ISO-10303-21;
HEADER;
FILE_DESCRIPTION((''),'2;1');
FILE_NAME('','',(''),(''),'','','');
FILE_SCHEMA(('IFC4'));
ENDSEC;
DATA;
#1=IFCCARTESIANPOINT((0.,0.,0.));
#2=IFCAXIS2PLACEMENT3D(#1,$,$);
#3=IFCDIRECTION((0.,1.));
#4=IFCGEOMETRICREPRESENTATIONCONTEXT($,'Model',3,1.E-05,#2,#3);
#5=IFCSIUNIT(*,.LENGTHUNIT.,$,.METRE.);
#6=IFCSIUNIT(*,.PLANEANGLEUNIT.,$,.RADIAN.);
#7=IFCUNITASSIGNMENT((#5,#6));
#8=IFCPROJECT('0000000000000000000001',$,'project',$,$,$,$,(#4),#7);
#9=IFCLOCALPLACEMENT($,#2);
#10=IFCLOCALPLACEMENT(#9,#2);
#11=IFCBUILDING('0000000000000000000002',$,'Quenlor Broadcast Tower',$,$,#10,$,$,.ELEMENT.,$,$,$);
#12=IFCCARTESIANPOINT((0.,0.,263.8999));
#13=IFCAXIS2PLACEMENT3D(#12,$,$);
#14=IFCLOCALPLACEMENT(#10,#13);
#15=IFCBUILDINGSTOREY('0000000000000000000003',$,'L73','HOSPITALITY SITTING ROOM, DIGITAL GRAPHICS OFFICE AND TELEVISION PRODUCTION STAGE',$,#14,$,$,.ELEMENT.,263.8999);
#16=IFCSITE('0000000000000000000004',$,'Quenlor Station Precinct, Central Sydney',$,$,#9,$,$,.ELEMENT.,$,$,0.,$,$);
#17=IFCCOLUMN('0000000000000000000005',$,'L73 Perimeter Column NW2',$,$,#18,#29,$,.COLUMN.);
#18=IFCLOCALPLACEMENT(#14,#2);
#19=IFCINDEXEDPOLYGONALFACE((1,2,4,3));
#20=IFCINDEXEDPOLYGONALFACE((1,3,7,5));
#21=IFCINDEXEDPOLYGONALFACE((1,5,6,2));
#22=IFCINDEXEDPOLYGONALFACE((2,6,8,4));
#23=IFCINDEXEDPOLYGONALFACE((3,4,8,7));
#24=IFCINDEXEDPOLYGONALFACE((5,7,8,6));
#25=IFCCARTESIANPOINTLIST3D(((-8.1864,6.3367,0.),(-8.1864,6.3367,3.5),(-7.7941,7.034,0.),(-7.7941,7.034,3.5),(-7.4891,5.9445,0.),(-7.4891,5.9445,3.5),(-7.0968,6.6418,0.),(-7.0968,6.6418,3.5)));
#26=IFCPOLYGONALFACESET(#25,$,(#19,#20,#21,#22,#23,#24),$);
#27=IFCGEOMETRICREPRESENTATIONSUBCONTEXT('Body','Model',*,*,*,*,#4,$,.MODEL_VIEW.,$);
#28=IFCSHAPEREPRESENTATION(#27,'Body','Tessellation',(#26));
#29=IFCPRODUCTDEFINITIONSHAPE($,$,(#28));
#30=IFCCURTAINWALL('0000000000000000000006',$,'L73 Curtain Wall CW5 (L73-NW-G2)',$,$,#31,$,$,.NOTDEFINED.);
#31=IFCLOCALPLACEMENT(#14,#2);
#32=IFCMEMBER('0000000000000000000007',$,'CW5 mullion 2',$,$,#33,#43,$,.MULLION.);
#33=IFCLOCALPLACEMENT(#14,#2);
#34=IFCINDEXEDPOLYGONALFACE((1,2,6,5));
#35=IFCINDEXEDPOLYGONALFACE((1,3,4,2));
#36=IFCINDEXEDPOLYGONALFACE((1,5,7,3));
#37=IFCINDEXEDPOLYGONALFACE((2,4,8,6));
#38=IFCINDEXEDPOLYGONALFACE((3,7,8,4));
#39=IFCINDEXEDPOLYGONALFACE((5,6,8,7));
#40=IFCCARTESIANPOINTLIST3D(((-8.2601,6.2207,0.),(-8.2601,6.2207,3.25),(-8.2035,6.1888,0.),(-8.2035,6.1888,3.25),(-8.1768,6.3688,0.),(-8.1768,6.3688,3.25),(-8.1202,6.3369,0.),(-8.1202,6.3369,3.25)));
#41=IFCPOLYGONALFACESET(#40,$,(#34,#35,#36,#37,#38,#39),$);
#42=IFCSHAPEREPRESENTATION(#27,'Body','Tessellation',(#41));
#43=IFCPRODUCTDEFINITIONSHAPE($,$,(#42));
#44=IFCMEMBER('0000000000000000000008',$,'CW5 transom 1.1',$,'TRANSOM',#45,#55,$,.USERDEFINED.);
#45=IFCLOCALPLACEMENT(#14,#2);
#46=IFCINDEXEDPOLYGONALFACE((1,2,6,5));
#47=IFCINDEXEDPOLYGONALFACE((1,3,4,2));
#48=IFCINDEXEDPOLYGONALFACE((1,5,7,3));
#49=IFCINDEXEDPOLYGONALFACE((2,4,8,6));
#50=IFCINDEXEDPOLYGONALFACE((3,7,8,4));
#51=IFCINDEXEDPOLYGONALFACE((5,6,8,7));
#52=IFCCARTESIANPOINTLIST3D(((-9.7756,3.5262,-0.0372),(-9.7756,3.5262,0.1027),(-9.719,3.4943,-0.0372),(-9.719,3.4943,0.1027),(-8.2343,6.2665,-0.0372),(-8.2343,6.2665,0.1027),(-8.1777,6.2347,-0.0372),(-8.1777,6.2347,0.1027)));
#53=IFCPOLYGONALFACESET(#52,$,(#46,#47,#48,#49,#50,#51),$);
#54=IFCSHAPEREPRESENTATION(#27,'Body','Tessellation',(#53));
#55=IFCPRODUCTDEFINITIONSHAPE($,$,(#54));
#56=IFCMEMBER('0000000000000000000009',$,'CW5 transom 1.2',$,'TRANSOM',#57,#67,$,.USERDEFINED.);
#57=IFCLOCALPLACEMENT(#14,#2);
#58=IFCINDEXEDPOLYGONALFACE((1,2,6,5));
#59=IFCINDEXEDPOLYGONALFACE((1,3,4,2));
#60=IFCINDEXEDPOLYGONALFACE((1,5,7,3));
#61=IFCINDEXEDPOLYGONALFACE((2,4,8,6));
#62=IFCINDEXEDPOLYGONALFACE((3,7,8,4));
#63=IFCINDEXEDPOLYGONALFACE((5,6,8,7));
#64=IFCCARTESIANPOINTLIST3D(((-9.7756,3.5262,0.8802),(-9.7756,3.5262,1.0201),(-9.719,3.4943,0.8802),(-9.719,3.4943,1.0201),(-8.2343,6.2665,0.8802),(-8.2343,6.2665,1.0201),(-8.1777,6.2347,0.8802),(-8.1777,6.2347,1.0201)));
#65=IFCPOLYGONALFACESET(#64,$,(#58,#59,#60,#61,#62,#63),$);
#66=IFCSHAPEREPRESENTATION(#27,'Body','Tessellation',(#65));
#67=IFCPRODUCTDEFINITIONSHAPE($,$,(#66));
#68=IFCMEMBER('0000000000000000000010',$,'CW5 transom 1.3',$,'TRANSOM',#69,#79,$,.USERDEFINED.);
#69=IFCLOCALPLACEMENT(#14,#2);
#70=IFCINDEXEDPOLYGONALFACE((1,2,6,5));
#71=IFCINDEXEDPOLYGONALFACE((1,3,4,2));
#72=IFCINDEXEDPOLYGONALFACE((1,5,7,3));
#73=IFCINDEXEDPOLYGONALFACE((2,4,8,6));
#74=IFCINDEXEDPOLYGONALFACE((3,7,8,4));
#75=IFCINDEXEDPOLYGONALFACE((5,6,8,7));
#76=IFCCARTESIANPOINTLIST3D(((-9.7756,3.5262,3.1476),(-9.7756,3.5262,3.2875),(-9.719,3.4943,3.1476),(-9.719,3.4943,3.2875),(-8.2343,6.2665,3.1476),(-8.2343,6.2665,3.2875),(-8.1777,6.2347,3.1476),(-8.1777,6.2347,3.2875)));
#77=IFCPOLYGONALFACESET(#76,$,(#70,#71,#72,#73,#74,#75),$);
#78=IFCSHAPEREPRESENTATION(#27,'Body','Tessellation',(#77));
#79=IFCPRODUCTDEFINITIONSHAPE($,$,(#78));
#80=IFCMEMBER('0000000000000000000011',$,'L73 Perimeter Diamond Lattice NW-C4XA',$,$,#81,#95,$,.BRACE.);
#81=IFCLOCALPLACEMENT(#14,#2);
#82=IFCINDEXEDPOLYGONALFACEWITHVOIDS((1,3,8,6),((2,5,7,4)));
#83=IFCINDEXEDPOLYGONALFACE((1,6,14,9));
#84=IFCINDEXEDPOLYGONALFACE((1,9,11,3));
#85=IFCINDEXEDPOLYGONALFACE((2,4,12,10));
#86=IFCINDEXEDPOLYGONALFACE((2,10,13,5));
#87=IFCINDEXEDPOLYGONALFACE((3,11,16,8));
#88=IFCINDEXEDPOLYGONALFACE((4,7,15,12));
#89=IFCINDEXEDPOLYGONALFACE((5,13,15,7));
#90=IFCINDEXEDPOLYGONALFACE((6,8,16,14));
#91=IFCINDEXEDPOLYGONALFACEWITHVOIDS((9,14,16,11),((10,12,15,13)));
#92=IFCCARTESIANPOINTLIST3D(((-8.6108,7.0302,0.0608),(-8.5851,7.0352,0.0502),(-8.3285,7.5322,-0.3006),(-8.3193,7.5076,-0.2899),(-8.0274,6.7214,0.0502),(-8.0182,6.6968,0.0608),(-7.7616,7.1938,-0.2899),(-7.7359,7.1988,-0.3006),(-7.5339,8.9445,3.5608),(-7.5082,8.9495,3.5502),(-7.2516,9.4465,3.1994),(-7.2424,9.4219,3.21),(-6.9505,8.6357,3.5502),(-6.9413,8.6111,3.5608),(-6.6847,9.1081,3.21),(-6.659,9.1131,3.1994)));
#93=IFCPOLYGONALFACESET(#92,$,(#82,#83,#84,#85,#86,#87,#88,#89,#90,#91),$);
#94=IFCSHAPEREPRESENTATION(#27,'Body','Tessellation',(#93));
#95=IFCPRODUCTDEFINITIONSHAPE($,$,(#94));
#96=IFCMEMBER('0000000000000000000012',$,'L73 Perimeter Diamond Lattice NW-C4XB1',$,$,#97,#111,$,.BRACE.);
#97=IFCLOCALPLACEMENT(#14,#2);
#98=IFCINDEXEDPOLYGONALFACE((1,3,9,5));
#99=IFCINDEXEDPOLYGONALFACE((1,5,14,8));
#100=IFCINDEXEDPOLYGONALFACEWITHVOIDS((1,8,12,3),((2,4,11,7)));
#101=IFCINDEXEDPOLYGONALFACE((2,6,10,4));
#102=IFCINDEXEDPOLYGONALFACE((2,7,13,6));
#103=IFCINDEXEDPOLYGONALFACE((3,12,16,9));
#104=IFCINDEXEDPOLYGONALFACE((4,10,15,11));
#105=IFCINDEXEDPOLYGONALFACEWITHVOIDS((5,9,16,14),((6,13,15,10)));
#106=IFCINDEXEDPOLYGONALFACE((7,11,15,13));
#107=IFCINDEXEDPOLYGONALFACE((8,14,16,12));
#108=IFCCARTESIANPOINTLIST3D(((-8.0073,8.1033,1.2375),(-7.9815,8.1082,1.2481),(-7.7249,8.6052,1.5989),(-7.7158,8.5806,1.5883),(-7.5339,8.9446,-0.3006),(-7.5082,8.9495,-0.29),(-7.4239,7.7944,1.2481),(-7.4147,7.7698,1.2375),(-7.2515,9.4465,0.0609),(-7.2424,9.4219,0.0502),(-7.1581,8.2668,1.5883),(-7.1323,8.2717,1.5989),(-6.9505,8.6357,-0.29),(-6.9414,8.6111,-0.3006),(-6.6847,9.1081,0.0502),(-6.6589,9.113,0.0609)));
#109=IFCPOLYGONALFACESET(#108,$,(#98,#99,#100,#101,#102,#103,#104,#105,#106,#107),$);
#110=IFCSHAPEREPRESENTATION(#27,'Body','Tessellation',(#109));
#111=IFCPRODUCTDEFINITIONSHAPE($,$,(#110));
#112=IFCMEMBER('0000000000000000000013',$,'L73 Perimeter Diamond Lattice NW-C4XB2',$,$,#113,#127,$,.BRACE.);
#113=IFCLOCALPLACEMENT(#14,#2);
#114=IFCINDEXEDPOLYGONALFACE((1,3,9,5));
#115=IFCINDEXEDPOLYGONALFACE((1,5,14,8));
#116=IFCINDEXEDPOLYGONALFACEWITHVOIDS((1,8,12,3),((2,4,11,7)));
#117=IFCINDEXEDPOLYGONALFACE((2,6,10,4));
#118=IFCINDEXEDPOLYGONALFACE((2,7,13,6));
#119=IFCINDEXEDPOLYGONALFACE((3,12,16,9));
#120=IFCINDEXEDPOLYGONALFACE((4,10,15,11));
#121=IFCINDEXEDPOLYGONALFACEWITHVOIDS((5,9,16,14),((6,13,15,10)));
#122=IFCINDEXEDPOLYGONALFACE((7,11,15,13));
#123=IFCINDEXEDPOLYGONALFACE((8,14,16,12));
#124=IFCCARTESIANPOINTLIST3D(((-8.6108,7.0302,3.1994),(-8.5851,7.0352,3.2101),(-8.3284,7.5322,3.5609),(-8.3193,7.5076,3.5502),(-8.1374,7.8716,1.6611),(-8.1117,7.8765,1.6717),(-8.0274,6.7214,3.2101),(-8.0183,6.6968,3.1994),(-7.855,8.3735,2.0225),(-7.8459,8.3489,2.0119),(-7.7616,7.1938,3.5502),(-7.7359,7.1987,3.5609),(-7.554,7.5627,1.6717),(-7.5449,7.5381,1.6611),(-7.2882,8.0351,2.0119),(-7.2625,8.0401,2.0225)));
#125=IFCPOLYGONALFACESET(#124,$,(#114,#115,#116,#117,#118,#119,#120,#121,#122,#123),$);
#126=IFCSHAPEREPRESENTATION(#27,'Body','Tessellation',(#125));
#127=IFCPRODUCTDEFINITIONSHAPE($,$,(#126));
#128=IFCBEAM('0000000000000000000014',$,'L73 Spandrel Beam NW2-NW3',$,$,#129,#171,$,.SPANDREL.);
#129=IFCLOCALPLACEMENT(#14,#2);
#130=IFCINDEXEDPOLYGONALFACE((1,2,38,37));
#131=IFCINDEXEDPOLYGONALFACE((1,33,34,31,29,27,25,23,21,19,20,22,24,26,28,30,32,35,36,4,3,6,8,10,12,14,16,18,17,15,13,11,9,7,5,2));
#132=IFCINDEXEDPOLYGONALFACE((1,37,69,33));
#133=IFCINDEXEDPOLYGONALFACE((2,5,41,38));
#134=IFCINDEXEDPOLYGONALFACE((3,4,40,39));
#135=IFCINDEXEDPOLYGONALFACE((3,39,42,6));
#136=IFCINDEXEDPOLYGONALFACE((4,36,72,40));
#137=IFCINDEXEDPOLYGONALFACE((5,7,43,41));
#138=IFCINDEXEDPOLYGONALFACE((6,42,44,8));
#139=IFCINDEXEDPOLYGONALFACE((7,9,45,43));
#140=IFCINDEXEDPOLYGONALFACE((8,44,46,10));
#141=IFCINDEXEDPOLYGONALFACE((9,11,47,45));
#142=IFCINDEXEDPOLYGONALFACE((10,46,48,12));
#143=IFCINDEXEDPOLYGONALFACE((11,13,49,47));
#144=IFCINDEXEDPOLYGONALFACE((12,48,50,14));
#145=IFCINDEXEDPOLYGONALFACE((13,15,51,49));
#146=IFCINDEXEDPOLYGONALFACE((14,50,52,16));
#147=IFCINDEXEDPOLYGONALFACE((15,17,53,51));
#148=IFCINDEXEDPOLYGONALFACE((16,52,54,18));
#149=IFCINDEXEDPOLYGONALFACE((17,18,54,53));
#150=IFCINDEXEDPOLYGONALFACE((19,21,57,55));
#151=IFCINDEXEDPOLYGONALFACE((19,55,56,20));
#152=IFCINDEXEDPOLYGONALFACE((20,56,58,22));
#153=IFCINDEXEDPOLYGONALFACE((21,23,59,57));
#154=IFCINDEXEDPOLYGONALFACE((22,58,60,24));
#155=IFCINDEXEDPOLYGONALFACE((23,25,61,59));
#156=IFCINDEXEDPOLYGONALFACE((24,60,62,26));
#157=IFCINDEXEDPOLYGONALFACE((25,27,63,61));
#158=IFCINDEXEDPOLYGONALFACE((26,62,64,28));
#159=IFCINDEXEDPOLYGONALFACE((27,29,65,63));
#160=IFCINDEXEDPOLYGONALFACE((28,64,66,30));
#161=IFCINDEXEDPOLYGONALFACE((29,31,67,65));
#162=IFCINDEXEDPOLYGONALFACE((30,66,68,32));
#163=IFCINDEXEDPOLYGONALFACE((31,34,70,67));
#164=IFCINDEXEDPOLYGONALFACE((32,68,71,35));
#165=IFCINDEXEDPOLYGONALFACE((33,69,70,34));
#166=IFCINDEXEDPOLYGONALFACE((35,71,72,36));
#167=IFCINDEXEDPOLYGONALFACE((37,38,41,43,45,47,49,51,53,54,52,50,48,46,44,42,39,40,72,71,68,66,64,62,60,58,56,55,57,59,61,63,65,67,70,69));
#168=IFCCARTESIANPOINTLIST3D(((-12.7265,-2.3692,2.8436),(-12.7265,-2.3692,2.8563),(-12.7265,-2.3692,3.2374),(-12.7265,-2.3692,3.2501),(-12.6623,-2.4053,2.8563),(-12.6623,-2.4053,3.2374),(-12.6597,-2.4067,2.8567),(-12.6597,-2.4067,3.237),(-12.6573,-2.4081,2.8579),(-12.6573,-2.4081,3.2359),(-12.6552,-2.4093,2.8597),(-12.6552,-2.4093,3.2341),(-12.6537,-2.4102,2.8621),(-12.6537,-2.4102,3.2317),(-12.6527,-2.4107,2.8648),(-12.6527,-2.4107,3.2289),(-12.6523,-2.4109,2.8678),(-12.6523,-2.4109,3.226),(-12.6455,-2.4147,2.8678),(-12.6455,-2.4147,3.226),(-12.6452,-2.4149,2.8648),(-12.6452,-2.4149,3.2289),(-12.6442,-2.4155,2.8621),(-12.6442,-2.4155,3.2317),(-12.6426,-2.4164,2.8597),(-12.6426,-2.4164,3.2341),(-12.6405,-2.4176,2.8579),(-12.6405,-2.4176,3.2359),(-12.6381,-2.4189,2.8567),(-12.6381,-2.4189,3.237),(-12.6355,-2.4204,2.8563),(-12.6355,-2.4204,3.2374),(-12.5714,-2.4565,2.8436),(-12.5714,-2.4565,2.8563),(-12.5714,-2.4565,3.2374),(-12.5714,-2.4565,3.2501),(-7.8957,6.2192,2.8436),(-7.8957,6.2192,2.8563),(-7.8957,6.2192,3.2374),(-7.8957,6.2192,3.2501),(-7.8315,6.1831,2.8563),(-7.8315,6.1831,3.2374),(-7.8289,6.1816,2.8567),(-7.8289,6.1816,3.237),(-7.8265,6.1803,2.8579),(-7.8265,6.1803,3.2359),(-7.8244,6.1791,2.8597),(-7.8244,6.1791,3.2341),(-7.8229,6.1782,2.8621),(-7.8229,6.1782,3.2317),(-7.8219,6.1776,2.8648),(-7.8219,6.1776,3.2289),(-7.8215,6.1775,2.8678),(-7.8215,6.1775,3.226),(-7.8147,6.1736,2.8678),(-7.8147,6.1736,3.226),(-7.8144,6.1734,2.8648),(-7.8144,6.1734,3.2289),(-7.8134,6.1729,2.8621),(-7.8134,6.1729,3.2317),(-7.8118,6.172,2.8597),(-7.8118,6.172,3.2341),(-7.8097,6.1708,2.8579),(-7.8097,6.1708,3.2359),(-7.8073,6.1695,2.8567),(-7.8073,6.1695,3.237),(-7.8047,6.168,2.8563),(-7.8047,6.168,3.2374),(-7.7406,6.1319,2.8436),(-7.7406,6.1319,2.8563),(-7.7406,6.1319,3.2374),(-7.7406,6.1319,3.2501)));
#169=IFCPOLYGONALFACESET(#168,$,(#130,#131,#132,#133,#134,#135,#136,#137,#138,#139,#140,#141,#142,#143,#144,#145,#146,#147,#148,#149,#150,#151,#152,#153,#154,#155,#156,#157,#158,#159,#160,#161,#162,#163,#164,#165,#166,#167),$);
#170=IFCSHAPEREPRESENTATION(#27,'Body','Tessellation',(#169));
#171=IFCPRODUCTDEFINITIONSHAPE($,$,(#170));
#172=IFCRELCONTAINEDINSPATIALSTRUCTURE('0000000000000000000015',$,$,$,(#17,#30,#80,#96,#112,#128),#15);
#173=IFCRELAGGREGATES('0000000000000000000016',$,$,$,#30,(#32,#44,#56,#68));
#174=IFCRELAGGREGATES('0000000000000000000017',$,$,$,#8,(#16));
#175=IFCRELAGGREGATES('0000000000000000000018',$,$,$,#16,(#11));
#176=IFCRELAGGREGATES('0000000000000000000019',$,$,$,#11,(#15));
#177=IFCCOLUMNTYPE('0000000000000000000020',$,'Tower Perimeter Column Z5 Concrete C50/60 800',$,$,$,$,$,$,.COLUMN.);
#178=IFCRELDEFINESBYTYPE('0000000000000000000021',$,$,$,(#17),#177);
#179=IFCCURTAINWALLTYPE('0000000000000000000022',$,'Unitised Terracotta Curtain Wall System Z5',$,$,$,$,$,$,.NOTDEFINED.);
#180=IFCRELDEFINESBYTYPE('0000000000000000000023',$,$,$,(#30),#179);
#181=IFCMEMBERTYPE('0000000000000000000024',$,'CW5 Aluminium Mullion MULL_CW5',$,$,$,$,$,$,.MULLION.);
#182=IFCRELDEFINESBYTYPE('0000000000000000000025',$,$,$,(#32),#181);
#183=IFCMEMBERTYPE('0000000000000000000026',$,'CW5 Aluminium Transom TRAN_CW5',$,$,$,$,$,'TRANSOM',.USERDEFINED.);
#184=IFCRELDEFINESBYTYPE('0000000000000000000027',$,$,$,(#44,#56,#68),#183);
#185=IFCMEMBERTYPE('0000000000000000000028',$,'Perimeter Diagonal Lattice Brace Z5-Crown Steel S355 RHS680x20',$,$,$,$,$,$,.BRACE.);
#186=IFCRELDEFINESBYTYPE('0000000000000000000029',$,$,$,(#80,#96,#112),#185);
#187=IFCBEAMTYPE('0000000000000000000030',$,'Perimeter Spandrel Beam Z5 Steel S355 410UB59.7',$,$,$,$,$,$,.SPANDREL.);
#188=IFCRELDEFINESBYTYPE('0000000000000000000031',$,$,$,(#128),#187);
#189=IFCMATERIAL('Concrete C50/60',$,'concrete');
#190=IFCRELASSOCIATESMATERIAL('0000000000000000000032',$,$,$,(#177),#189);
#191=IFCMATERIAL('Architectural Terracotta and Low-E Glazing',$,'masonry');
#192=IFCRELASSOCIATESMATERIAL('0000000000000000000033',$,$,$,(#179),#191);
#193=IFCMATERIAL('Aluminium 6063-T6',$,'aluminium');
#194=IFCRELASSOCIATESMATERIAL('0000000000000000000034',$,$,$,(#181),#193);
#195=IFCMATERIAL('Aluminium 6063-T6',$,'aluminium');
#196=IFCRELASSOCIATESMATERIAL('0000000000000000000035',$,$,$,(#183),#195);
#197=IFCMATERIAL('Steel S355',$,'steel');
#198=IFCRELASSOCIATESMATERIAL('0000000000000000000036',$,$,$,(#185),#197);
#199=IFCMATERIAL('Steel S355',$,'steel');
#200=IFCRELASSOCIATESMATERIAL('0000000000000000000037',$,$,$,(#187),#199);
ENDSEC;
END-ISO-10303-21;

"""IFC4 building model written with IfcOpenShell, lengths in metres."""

from ifc_helpers import new_model, si_unit, direction, frame, origin, origin_2d, place, context, subcontext, project, spatial, rectangle, hollow_rectangle, i_section, extrude, material, material_profile, profile_set, type_object, element, aggregate, save


model = new_model("IFC4")

# Units and contexts
model_context = context("Model", 3, precision=1e-05, world=origin(), true_north=direction((0.0, 1.0)))
body_context = subcontext(model_context, "Body", "Model", "MODEL_VIEW")
ifc_project = project(units=[si_unit("LENGTHUNIT", "METRE"), si_unit("PLANEANGLEUNIT", "RADIAN")], contexts=[model_context])

# Site, building, storey
site_placement = place(None, origin())
site = spatial("IfcSite", under=ifc_project, at=site_placement, Name="Quenlor Station Precinct, Central Sydney", CompositionType="ELEMENT", RefElevation=0.0)
building_placement = place(site_placement, origin())
building = spatial("IfcBuilding", under=site, at=building_placement, Name="Quenlor Broadcast Tower", CompositionType="ELEMENT")
storey_placement = place(building_placement, frame((0.0, 0.0, 263.8999)))
storey = spatial("IfcBuildingStorey", under=building, at=storey_placement, Name="L73", Description="HOSPITALITY SITTING ROOM, DIGITAL GRAPHICS OFFICE AND TELEVISION PRODUCTION STAGE", CompositionType="ELEMENT", Elevation=263.8999)

# Column
ifc_material_1 = material(Name="Concrete C50/60", Category="concrete")
ifc_material_profile_1 = material_profile(ifc_material_1, rectangle(XDim=0.8, YDim=0.8, at=origin_2d()))
ifc_profile_set_1 = profile_set([ifc_material_profile_1], Name="Concrete C50/60 RC800x800")
column_type = type_object("IfcColumnType", Name="Tower Perimeter Column Z5 Concrete C50/60 800", PredefinedType="COLUMN", material=ifc_profile_set_1)
column_placement = place(storey_placement, frame((-7.6416, 6.4893, 0.0), z_axis=(0.0, 0.0, 1.0), x_axis=(-0.871575, 0.490262, 0.0)))
element("IfcColumn", 1, at=column_placement, inside=storey, type_object=column_type, Name="L73 Perimeter Column NW2", PredefinedType="COLUMN", context=body_context, shape_type="SweptSolid", body=[
    extrude(rectangle(XDim=0.8, YDim=0.8, at=origin_2d()), origin(), (0.0, 0.0, 1.0), 3.5),
])

# Curtain wall, members
ifc_material_2 = material(Name="Architectural Terracotta and Low-E Glazing", Category="masonry")
curtain_wall_type = type_object("IfcCurtainWallType", Name="Unitised Terracotta Curtain Wall System Z5", PredefinedType="NOTDEFINED", material=ifc_material_2)
curtain_wall_placement = place(storey_placement, origin())
curtain_wall = element("IfcCurtainWall", 2, at=curtain_wall_placement, inside=storey, type_object=curtain_wall_type, Name="L73 Curtain Wall CW5 (L73-NW-G2)", PredefinedType="NOTDEFINED")
ifc_material_3 = material(Name="Aluminium 6063-T6", Category="aluminium")
ifc_material_profile_2 = material_profile(ifc_material_3, rectangle(XDim=0.0649, YDim=0.1699, at=origin_2d()))
ifc_profile_set_2 = profile_set([ifc_material_profile_2], Name="Aluminium 6063-T6 MULL65x170")
member_type_1 = type_object("IfcMemberType", Name="CW5 Aluminium Mullion MULL_CW5", PredefinedType="MULLION", material=ifc_profile_set_2)
member_1_placement = place(storey_placement, frame((-8.1902, 6.2788, 0.0), z_axis=(0.0, 0.0, 1.0), x_axis=(-0.871575, 0.490263, 0.0)))
member_1 = element("IfcMember", 3, at=member_1_placement, type_object=member_type_1, Name="CW5 mullion 2", PredefinedType="MULLION", context=body_context, shape_type="SweptSolid", body=[
    extrude(rectangle(XDim=0.0649, YDim=0.1699, at=origin_2d()), origin(), (0.0, 0.0, 1.0), 3.25),
])
ifc_material_4 = material(Name="Aluminium 6063-T6", Category="aluminium")
ifc_material_profile_3 = material_profile(ifc_material_4, rectangle(XDim=0.0649, YDim=0.1399, at=origin_2d()))
ifc_profile_set_3 = profile_set([ifc_material_profile_3], Name="Aluminium 6063-T6 TRAN65x140")
member_type_2 = type_object("IfcMemberType", Name="CW5 Aluminium Transom TRAN_CW5", ElementType="TRANSOM", PredefinedType="USERDEFINED", material=ifc_profile_set_3)
member_2_placement = place(storey_placement, frame((-9.7473, 3.5103, 0.0327), z_axis=(0.490232, 0.871592, 0.0), x_axis=(-0.871592, 0.490232, 0.0)))
member_2 = element("IfcMember", 4, at=member_2_placement, type_object=member_type_2, Name="CW5 transom 1.1", ObjectType="TRANSOM", PredefinedType="USERDEFINED", context=body_context, shape_type="SweptSolid", body=[
    extrude(rectangle(XDim=0.0649, YDim=0.1399, at=origin_2d()), origin(), (0.0, 0.0, 1.0), 3.144),
])
member_3_placement = place(storey_placement, frame((-9.7473, 3.5103, 0.9502), z_axis=(0.490232, 0.871592, 0.0), x_axis=(-0.871592, 0.490232, 0.0)))
member_3 = element("IfcMember", 5, at=member_3_placement, type_object=member_type_2, Name="CW5 transom 1.2", ObjectType="TRANSOM", PredefinedType="USERDEFINED", context=body_context, shape_type="SweptSolid", body=[
    extrude(rectangle(XDim=0.0649, YDim=0.1399, at=origin_2d()), origin(), (0.0, 0.0, 1.0), 3.144),
])
member_4_placement = place(storey_placement, frame((-9.7473, 3.5103, 3.2175), z_axis=(0.490232, 0.871592, 0.0), x_axis=(-0.871592, 0.490232, 0.0)))
member_4 = element("IfcMember", 6, at=member_4_placement, type_object=member_type_2, Name="CW5 transom 1.3", ObjectType="TRANSOM", PredefinedType="USERDEFINED", context=body_context, shape_type="SweptSolid", body=[
    extrude(rectangle(XDim=0.0649, YDim=0.1399, at=origin_2d()), origin(), (0.0, 0.0, 1.0), 3.144),
])

# Members
ifc_material_5 = material(Name="Steel S355", Category="steel")
ifc_material_profile_4 = material_profile(ifc_material_5, hollow_rectangle(XDim=0.6799, YDim=0.6799, WallThickness=0.02, at=origin_2d()))
ifc_profile_set_4 = profile_set([ifc_material_profile_4], Name="Steel S355 RHS680x680x20")
member_type_3 = type_object("IfcMemberType", Name="Perimeter Diagonal Lattice Brace Z5-Crown Steel S355 RHS680x20", PredefinedType="BRACE", material=ifc_profile_set_4)
member_5_placement = place(storey_placement, frame((-8.1733, 7.1145, -0.1199), z_axis=(0.260619, 0.463276, 0.847026), x_axis=(-0.871555, 0.490298, 0.0)))
element("IfcMember", 7, at=member_5_placement, inside=storey, type_object=member_type_3, Name="L73 Perimeter Diamond Lattice NW-C4XA", PredefinedType="BRACE", context=body_context, shape_type="SweptSolid", body=[
    extrude(hollow_rectangle(XDim=0.6799, YDim=0.6799, WallThickness=0.02, at=origin_2d()), origin(), (0.0, 0.0, 1.0), 4.1321),
])
member_6_placement = place(storey_placement, frame((-7.0964, 9.0288, -0.1199), z_axis=(-0.260686, -0.463293, 0.846996), x_axis=(0.871508, -0.490381, 0.0)))
element("IfcMember", 8, at=member_6_placement, inside=storey, type_object=member_type_3, Name="L73 Perimeter Diamond Lattice NW-C4XB1", PredefinedType="BRACE", context=body_context, shape_type="SweptSolid", body=[
    extrude(hollow_rectangle(XDim=0.6799, YDim=0.6799, WallThickness=0.02, at=origin_2d()), origin(), (0.0, 0.0, 1.0), 1.8159),
])
member_7_placement = place(storey_placement, frame((-7.7, 7.9558, 1.8418), z_axis=(-0.260657, -0.463241, 0.847034), x_axis=(0.871508, -0.490381, 0.0)))
element("IfcMember", 9, at=member_7_placement, inside=storey, type_object=member_type_3, Name="L73 Perimeter Diamond Lattice NW-C4XB2", PredefinedType="BRACE", context=body_context, shape_type="SweptSolid", body=[
    extrude(hollow_rectangle(XDim=0.6799, YDim=0.6799, WallThickness=0.02, at=origin_2d()), origin(), (0.0, 0.0, 1.0), 1.8162),
])

# Beam
ifc_material_6 = material(Name="Steel S355", Category="steel")
ifc_material_profile_5 = material_profile(ifc_material_6, i_section(OverallWidth=0.178, OverallDepth=0.4065, WebThickness=0.0078, FlangeThickness=0.0127, FilletRadius=0.0115, at=origin_2d()))
ifc_profile_set_5 = profile_set([ifc_material_profile_5], Name="Steel S355 410UB59.7")
beam_type_1 = type_object("IfcBeamType", Name="Perimeter Spandrel Beam Z5 Steel S355 410UB59.7", PredefinedType="SPANDREL", material=ifc_profile_set_5)
beam_1_placement = place(storey_placement, frame((-7.8181, 6.1755, 3.0469), z_axis=(-0.490249, -0.871582, 0.0), x_axis=(0.871582, -0.490249, 0.0)))
element("IfcBeam", 10, at=beam_1_placement, inside=storey, type_object=beam_type_1, Name="L73 Spandrel Beam NW2-NW3", PredefinedType="SPANDREL", context=body_context, shape_type="SweptSolid", body=[
    extrude(i_section(OverallWidth=0.178, OverallDepth=0.4065, WebThickness=0.0078, FlangeThickness=0.0127, FilletRadius=0.0115, at=origin_2d()), origin(), (0.0, 0.0, 1.0), 9.8538),
])

aggregate(curtain_wall, [member_1, member_2, member_3, member_4])

save(model, "model.ifc")
